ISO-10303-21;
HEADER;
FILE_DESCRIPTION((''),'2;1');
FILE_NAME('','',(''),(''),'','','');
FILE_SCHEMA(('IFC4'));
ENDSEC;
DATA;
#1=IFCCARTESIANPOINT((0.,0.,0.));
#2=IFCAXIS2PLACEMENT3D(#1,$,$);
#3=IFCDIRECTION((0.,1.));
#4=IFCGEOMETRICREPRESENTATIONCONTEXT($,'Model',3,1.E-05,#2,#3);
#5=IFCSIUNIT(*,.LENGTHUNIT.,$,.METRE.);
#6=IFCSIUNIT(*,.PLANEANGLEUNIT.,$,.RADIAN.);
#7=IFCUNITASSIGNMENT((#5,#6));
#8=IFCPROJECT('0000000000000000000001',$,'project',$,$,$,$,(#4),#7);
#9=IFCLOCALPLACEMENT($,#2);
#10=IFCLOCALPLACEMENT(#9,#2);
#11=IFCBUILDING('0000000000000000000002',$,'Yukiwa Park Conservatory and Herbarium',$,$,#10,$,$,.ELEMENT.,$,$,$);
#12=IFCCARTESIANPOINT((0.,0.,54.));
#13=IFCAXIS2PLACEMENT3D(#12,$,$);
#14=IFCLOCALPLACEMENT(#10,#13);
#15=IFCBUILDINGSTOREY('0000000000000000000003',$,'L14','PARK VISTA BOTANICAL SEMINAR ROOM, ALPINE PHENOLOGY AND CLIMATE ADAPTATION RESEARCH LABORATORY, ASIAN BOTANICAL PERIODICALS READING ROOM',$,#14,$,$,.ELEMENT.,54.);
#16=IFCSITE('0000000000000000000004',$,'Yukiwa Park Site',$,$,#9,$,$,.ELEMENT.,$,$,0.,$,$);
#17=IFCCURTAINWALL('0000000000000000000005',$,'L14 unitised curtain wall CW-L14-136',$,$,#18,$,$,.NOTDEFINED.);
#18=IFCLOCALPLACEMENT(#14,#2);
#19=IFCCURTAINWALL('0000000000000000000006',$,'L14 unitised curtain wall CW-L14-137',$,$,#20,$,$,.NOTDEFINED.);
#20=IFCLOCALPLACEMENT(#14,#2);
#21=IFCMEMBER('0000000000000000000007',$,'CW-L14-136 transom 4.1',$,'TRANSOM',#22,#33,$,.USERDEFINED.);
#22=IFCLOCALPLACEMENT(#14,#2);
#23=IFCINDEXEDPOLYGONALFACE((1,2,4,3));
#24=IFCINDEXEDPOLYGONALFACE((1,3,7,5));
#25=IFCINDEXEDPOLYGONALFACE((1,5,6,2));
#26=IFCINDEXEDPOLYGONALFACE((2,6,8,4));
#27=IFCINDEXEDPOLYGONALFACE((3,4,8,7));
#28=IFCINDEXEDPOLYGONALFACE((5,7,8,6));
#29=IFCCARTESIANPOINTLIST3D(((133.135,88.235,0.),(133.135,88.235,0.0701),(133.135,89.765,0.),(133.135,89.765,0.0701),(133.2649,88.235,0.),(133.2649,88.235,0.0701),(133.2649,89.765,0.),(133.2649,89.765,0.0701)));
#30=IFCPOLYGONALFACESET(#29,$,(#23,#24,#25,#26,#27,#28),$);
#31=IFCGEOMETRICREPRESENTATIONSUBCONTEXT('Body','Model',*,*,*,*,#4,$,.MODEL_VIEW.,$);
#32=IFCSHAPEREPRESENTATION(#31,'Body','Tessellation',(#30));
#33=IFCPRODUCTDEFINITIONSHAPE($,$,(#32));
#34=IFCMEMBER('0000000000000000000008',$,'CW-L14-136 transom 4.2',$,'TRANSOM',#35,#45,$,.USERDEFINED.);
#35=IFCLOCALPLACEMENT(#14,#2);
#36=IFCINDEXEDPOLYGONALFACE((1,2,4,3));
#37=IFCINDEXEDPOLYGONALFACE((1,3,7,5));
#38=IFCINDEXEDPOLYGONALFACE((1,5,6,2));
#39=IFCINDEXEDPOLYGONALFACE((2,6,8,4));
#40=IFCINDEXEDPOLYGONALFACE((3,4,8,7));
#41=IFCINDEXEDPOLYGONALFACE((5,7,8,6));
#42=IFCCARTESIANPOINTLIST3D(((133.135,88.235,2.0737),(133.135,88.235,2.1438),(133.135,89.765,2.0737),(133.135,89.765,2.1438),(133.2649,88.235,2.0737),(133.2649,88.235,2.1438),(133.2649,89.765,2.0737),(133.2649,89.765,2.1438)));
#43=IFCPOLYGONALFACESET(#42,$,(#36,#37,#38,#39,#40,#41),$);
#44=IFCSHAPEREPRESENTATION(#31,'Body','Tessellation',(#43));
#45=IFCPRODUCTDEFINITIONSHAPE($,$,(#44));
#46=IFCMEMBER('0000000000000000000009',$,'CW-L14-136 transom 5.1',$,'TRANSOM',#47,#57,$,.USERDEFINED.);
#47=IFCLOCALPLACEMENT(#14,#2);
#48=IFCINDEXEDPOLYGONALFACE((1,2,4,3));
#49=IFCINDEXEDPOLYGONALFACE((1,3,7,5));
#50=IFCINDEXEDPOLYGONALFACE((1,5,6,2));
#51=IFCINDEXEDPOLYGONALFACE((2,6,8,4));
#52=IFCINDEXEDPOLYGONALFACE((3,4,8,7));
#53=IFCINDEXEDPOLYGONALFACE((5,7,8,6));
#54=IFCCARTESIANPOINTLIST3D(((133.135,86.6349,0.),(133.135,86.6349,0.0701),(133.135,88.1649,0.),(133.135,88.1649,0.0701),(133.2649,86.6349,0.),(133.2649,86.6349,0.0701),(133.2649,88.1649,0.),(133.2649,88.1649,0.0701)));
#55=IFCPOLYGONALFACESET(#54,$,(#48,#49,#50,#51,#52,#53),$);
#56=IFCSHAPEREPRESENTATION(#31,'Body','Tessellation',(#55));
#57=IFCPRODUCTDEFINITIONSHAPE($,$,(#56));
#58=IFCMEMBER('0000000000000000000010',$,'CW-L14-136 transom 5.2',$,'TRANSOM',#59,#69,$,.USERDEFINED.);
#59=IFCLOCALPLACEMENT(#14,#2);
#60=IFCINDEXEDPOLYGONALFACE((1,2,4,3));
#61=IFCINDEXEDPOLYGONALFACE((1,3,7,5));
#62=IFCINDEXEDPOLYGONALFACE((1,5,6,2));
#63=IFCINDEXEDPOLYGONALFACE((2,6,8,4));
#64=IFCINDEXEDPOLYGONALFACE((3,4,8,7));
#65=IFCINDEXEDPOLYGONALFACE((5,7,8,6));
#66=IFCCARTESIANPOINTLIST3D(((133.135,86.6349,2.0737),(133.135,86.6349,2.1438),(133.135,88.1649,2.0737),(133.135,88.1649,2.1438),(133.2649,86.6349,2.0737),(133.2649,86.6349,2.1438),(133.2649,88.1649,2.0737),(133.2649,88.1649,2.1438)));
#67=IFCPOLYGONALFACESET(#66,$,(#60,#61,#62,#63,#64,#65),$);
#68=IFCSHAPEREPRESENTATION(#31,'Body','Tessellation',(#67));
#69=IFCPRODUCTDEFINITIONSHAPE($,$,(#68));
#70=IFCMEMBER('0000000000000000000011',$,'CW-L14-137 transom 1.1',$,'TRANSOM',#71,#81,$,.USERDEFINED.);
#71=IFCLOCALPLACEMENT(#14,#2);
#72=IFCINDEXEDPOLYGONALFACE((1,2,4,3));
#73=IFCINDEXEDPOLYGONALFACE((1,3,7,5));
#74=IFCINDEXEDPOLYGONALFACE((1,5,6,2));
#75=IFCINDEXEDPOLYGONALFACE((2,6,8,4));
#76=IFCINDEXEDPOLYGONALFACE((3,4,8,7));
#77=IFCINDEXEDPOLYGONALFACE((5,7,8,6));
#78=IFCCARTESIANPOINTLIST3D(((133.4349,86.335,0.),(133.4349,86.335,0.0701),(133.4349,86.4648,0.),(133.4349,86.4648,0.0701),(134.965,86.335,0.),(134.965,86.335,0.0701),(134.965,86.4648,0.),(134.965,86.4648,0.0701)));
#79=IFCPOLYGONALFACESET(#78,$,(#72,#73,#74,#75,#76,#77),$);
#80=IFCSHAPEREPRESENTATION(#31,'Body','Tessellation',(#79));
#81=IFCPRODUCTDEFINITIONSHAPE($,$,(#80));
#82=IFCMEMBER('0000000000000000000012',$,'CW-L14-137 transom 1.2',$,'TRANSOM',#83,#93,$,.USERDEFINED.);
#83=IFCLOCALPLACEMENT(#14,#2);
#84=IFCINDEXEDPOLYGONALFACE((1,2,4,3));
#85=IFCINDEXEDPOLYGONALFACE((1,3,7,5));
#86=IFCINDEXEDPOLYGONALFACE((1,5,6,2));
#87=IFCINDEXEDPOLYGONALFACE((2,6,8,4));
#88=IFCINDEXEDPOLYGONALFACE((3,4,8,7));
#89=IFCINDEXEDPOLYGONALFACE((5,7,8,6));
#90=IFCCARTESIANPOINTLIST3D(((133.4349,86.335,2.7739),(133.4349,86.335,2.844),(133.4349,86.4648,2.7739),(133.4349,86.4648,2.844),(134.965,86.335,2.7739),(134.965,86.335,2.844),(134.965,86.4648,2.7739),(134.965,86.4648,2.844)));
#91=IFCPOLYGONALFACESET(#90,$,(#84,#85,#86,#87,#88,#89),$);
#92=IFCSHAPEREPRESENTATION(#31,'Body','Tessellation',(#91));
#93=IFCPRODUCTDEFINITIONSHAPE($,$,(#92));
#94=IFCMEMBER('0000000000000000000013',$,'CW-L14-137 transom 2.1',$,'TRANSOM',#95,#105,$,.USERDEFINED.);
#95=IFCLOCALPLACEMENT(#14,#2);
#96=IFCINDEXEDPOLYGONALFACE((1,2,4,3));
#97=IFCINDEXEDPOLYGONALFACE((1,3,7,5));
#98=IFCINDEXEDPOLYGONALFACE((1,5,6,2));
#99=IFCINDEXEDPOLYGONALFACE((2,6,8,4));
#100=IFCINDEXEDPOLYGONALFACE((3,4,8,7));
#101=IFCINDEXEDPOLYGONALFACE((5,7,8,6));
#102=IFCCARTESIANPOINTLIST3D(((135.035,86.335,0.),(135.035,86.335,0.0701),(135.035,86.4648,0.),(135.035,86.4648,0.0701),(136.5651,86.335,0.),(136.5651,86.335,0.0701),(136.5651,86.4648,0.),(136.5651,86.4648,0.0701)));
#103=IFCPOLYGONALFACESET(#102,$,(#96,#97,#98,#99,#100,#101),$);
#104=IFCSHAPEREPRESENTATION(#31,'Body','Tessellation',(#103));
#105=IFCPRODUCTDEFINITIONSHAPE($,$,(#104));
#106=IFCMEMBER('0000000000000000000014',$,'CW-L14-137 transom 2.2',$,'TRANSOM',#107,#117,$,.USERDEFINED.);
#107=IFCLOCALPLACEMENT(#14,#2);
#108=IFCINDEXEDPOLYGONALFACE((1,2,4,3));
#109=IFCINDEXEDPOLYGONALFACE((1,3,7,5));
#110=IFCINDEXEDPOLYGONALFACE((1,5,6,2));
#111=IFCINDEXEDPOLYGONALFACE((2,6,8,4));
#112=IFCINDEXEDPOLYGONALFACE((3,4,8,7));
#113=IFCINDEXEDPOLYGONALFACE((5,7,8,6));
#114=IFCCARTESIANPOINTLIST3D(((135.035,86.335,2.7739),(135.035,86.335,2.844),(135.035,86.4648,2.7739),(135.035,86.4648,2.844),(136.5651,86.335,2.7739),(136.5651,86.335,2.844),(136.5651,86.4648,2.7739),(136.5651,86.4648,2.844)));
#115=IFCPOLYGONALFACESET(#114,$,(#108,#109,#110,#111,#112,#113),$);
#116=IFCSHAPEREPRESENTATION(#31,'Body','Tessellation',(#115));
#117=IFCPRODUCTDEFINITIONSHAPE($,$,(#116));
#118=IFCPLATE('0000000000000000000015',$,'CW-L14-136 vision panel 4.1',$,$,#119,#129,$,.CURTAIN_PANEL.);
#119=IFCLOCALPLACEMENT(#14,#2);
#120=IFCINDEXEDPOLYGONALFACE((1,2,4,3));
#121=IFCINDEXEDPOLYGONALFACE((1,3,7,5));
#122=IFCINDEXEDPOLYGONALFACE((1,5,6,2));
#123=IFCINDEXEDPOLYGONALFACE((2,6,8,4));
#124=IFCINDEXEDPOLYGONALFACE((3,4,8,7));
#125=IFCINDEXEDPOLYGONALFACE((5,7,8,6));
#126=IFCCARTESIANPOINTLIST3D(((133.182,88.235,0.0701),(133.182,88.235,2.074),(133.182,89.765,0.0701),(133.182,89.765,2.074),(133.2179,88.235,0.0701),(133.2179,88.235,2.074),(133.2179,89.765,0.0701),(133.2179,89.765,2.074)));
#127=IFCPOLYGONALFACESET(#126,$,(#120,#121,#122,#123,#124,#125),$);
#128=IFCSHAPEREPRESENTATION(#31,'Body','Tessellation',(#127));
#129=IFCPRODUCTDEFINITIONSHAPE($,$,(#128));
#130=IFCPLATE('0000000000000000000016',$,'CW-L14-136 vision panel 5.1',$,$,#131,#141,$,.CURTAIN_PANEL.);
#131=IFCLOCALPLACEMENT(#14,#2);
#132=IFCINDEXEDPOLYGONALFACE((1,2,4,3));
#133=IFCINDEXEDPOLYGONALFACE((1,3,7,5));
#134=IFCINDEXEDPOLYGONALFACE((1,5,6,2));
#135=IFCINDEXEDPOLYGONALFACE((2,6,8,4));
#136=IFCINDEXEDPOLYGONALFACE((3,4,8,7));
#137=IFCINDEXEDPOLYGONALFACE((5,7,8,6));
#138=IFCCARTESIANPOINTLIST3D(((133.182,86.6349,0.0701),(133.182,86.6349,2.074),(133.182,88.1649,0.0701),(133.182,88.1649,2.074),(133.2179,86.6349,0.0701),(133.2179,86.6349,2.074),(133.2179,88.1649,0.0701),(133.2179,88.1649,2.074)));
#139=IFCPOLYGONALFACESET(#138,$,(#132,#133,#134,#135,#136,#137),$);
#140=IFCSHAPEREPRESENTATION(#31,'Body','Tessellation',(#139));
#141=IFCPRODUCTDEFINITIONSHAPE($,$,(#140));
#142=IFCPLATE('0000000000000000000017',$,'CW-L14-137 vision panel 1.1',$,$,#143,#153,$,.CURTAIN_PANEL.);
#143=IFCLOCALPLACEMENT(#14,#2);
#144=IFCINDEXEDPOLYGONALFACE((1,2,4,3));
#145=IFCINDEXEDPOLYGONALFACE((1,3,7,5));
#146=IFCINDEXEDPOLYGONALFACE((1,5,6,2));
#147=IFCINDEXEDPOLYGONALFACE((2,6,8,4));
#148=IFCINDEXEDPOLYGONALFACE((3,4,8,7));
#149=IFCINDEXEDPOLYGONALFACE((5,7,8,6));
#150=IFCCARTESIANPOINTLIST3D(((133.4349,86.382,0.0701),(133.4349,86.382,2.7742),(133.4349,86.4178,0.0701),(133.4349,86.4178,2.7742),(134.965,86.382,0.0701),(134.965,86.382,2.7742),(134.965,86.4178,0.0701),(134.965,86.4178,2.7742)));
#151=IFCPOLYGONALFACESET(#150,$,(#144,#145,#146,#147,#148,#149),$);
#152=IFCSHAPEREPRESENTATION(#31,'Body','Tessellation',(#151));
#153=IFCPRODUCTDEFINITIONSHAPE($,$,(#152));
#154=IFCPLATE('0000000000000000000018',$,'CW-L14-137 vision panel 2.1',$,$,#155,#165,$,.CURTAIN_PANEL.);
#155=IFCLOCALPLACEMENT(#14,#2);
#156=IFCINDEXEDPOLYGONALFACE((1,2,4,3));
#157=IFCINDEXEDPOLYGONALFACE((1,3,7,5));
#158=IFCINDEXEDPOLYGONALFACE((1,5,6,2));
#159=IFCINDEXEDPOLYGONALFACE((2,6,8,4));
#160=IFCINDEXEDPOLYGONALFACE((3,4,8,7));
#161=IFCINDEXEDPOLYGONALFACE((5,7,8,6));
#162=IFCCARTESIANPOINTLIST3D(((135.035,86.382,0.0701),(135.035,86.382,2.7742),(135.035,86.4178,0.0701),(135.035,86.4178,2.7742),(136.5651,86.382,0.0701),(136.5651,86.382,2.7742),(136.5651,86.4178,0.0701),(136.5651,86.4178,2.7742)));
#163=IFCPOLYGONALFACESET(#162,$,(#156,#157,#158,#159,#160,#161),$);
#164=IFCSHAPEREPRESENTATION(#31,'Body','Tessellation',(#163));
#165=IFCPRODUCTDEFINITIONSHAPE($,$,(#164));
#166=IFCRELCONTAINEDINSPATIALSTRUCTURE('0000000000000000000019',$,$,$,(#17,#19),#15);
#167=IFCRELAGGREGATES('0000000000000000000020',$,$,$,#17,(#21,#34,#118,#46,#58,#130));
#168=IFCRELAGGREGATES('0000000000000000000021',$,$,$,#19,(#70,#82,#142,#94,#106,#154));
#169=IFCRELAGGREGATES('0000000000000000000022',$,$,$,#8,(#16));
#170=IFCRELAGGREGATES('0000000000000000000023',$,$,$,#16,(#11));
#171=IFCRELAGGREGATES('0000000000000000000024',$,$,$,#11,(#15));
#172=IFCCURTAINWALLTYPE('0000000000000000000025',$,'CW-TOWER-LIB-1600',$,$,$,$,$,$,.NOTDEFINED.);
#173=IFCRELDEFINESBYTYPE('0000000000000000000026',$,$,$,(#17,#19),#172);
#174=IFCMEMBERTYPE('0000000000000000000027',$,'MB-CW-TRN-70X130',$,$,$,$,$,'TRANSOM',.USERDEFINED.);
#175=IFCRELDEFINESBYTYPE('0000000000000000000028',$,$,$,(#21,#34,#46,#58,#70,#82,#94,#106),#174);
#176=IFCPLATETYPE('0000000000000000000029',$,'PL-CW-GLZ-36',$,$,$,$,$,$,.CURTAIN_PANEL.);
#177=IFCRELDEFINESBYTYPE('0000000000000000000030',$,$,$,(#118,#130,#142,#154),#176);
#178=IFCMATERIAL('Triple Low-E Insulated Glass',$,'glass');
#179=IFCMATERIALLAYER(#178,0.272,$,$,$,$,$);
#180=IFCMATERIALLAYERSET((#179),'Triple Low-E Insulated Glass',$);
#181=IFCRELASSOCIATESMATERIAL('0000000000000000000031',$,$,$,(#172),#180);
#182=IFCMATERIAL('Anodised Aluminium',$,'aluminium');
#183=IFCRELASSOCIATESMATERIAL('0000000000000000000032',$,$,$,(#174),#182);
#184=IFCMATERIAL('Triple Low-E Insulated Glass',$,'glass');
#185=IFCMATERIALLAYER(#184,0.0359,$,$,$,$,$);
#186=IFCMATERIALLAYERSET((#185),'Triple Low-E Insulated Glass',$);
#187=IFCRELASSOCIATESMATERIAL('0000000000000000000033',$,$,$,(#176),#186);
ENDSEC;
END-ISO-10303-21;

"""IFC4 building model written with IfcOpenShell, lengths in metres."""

from ifc_helpers import new_model, si_unit, direction, frame, origin, origin_2d, place, context, subcontext, project, spatial, rectangle, extrude, material, layer, layer_set, type_object, element, aggregate, save


model = new_model("IFC4")

# Units and contexts
model_context = context("Model", 3, precision=1e-05, world=origin(), true_north=direction((0.0, 1.0)))
body_context = subcontext(model_context, "Body", "Model", "MODEL_VIEW")
ifc_project = project(units=[si_unit("LENGTHUNIT", "METRE"), si_unit("PLANEANGLEUNIT", "RADIAN")], contexts=[model_context])

# Site, building, storey
site_placement = place(None, origin())
site = spatial("IfcSite", under=ifc_project, at=site_placement, Name="Yukiwa Park Site", CompositionType="ELEMENT", RefElevation=0.0)
building_placement = place(site_placement, origin())
building = spatial("IfcBuilding", under=site, at=building_placement, Name="Yukiwa Park Conservatory and Herbarium", CompositionType="ELEMENT")
storey_placement = place(building_placement, frame((0.0, 0.0, 54.0)))
storey = spatial("IfcBuildingStorey", under=building, at=storey_placement, Name="L14", Description="PARK VISTA BOTANICAL SEMINAR ROOM, ALPINE PHENOLOGY AND CLIMATE ADAPTATION RESEARCH LABORATORY, ASIAN BOTANICAL PERIODICALS READING ROOM", CompositionType="ELEMENT", Elevation=54.0)

# Curtain walls
ifc_material_1 = material(Name="Triple Low-E Insulated Glass", Category="glass")
ifc_layer_1 = layer(ifc_material_1, 0.272)
ifc_layer_set_1 = layer_set([ifc_layer_1], Name="Triple Low-E Insulated Glass")
curtain_wall_type = type_object("IfcCurtainWallType", Name="CW-TOWER-LIB-1600", PredefinedType="NOTDEFINED", material=ifc_layer_set_1)
curtain_wall_1_placement = place(storey_placement, origin())
curtain_wall_1 = element("IfcCurtainWall", 1, at=curtain_wall_1_placement, inside=storey, type_object=curtain_wall_type, Name="L14 unitised curtain wall CW-L14-136", PredefinedType="NOTDEFINED")
curtain_wall_2_placement = place(storey_placement, origin())
curtain_wall_2 = element("IfcCurtainWall", 2, at=curtain_wall_2_placement, inside=storey, type_object=curtain_wall_type, Name="L14 unitised curtain wall CW-L14-137", PredefinedType="NOTDEFINED")

# Members
ifc_material_2 = material(Name="Anodised Aluminium", Category="aluminium")
member_type_1 = type_object("IfcMemberType", Name="MB-CW-TRN-70X130", ElementType="TRANSOM", PredefinedType="USERDEFINED", material=ifc_material_2)
member_1_placement = place(storey_placement, frame((133.2, 89.0, 0.0), z_axis=(0.0, 0.0, 1.0), x_axis=(0.0, -1.0, 0.0)))
member_1 = element("IfcMember", 3, at=member_1_placement, type_object=member_type_1, Name="CW-L14-136 transom 4.1", ObjectType="TRANSOM", PredefinedType="USERDEFINED", context=body_context, shape_type="SweptSolid", body=[
    extrude(rectangle(XDim=1.53, YDim=0.1299, at=origin_2d()), origin(), (0.0, 0.0, 1.0), 0.0701),
])
member_2_placement = place(storey_placement, frame((133.2, 89.0, 2.0737), z_axis=(0.0, 0.0, 1.0), x_axis=(0.0, -1.0, 0.0)))
member_2 = element("IfcMember", 4, at=member_2_placement, type_object=member_type_1, Name="CW-L14-136 transom 4.2", ObjectType="TRANSOM", PredefinedType="USERDEFINED", context=body_context, shape_type="SweptSolid", body=[
    extrude(rectangle(XDim=1.53, YDim=0.1299, at=origin_2d()), origin(), (0.0, 0.0, 1.0), 0.0701),
])
member_3_placement = place(storey_placement, frame((133.2, 87.3999, 0.0), z_axis=(0.0, 0.0, 1.0), x_axis=(0.0, -1.0, 0.0)))
member_3 = element("IfcMember", 5, at=member_3_placement, type_object=member_type_1, Name="CW-L14-136 transom 5.1", ObjectType="TRANSOM", PredefinedType="USERDEFINED", context=body_context, shape_type="SweptSolid", body=[
    extrude(rectangle(XDim=1.53, YDim=0.1299, at=origin_2d()), origin(), (0.0, 0.0, 1.0), 0.0701),
])
member_4_placement = place(storey_placement, frame((133.2, 87.3999, 2.0737), z_axis=(0.0, 0.0, 1.0), x_axis=(0.0, -1.0, 0.0)))
member_4 = element("IfcMember", 6, at=member_4_placement, type_object=member_type_1, Name="CW-L14-136 transom 5.2", ObjectType="TRANSOM", PredefinedType="USERDEFINED", context=body_context, shape_type="SweptSolid", body=[
    extrude(rectangle(XDim=1.53, YDim=0.1299, at=origin_2d()), origin(), (0.0, 0.0, 1.0), 0.0701),
])
member_5_placement = place(storey_placement, frame((134.2, 86.3999, 0.0), z_axis=(0.0, 0.0, 1.0), x_axis=(1.0, 0.0, 0.0)))
member_5 = element("IfcMember", 7, at=member_5_placement, type_object=member_type_1, Name="CW-L14-137 transom 1.1", ObjectType="TRANSOM", PredefinedType="USERDEFINED", context=body_context, shape_type="SweptSolid", body=[
    extrude(rectangle(XDim=1.53, YDim=0.1299, at=origin_2d()), origin(), (0.0, 0.0, 1.0), 0.0701),
])
member_6_placement = place(storey_placement, frame((134.2, 86.3999, 2.7739), z_axis=(0.0, 0.0, 1.0), x_axis=(1.0, 0.0, 0.0)))
member_6 = element("IfcMember", 8, at=member_6_placement, type_object=member_type_1, Name="CW-L14-137 transom 1.2", ObjectType="TRANSOM", PredefinedType="USERDEFINED", context=body_context, shape_type="SweptSolid", body=[
    extrude(rectangle(XDim=1.53, YDim=0.1299, at=origin_2d()), origin(), (0.0, 0.0, 1.0), 0.0701),
])
member_7_placement = place(storey_placement, frame((135.8, 86.3999, 0.0), z_axis=(0.0, 0.0, 1.0), x_axis=(1.0, 0.0, 0.0)))
member_7 = element("IfcMember", 9, at=member_7_placement, type_object=member_type_1, Name="CW-L14-137 transom 2.1", ObjectType="TRANSOM", PredefinedType="USERDEFINED", context=body_context, shape_type="SweptSolid", body=[
    extrude(rectangle(XDim=1.53, YDim=0.1299, at=origin_2d()), origin(), (0.0, 0.0, 1.0), 0.0701),
])
member_8_placement = place(storey_placement, frame((135.8, 86.3999, 2.7739), z_axis=(0.0, 0.0, 1.0), x_axis=(1.0, 0.0, 0.0)))
member_8 = element("IfcMember", 10, at=member_8_placement, type_object=member_type_1, Name="CW-L14-137 transom 2.2", ObjectType="TRANSOM", PredefinedType="USERDEFINED", context=body_context, shape_type="SweptSolid", body=[
    extrude(rectangle(XDim=1.53, YDim=0.1299, at=origin_2d()), origin(), (0.0, 0.0, 1.0), 0.0701),
])

# Plates
ifc_material_3 = material(Name="Triple Low-E Insulated Glass", Category="glass")
ifc_layer_2 = layer(ifc_material_3, 0.0359)
ifc_layer_set_2 = layer_set([ifc_layer_2], Name="Triple Low-E Insulated Glass")
plate_type = type_object("IfcPlateType", Name="PL-CW-GLZ-36", PredefinedType="CURTAIN_PANEL", material=ifc_layer_set_2)
plate_1_placement = place(storey_placement, frame((133.2, 89.0, 0.0701), z_axis=(0.0, 0.0, 1.0), x_axis=(0.0, -1.0, 0.0)))
plate_1 = element("IfcPlate", 11, at=plate_1_placement, type_object=plate_type, Name="CW-L14-136 vision panel 4.1", PredefinedType="CURTAIN_PANEL", context=body_context, shape_type="SweptSolid", body=[
    extrude(rectangle(XDim=1.53, YDim=0.0359, at=origin_2d()), origin(), (0.0, 0.0, 1.0), 2.0039),
])
plate_2_placement = place(storey_placement, frame((133.2, 87.3999, 0.0701), z_axis=(0.0, 0.0, 1.0), x_axis=(0.0, -1.0, 0.0)))
plate_2 = element("IfcPlate", 12, at=plate_2_placement, type_object=plate_type, Name="CW-L14-136 vision panel 5.1", PredefinedType="CURTAIN_PANEL", context=body_context, shape_type="SweptSolid", body=[
    extrude(rectangle(XDim=1.53, YDim=0.0359, at=origin_2d()), origin(), (0.0, 0.0, 1.0), 2.0039),
])
aggregate(curtain_wall_1, [member_1, member_2, plate_1, member_3, member_4, plate_2])
plate_3_placement = place(storey_placement, frame((134.2, 86.3999, 0.0701), z_axis=(0.0, 0.0, 1.0), x_axis=(1.0, 0.0, 0.0)))
plate_3 = element("IfcPlate", 13, at=plate_3_placement, type_object=plate_type, Name="CW-L14-137 vision panel 1.1", PredefinedType="CURTAIN_PANEL", context=body_context, shape_type="SweptSolid", body=[
    extrude(rectangle(XDim=1.53, YDim=0.0359, at=origin_2d()), origin(), (0.0, 0.0, 1.0), 2.7041),
])
plate_4_placement = place(storey_placement, frame((135.8, 86.3999, 0.0701), z_axis=(0.0, 0.0, 1.0), x_axis=(1.0, 0.0, 0.0)))
plate_4 = element("IfcPlate", 14, at=plate_4_placement, type_object=plate_type, Name="CW-L14-137 vision panel 2.1", PredefinedType="CURTAIN_PANEL", context=body_context, shape_type="SweptSolid", body=[
    extrude(rectangle(XDim=1.53, YDim=0.0359, at=origin_2d()), origin(), (0.0, 0.0, 1.0), 2.7041),
])
aggregate(curtain_wall_2, [member_5, member_6, plate_3, member_7, member_8, plate_4])

save(model, "model.ifc")
